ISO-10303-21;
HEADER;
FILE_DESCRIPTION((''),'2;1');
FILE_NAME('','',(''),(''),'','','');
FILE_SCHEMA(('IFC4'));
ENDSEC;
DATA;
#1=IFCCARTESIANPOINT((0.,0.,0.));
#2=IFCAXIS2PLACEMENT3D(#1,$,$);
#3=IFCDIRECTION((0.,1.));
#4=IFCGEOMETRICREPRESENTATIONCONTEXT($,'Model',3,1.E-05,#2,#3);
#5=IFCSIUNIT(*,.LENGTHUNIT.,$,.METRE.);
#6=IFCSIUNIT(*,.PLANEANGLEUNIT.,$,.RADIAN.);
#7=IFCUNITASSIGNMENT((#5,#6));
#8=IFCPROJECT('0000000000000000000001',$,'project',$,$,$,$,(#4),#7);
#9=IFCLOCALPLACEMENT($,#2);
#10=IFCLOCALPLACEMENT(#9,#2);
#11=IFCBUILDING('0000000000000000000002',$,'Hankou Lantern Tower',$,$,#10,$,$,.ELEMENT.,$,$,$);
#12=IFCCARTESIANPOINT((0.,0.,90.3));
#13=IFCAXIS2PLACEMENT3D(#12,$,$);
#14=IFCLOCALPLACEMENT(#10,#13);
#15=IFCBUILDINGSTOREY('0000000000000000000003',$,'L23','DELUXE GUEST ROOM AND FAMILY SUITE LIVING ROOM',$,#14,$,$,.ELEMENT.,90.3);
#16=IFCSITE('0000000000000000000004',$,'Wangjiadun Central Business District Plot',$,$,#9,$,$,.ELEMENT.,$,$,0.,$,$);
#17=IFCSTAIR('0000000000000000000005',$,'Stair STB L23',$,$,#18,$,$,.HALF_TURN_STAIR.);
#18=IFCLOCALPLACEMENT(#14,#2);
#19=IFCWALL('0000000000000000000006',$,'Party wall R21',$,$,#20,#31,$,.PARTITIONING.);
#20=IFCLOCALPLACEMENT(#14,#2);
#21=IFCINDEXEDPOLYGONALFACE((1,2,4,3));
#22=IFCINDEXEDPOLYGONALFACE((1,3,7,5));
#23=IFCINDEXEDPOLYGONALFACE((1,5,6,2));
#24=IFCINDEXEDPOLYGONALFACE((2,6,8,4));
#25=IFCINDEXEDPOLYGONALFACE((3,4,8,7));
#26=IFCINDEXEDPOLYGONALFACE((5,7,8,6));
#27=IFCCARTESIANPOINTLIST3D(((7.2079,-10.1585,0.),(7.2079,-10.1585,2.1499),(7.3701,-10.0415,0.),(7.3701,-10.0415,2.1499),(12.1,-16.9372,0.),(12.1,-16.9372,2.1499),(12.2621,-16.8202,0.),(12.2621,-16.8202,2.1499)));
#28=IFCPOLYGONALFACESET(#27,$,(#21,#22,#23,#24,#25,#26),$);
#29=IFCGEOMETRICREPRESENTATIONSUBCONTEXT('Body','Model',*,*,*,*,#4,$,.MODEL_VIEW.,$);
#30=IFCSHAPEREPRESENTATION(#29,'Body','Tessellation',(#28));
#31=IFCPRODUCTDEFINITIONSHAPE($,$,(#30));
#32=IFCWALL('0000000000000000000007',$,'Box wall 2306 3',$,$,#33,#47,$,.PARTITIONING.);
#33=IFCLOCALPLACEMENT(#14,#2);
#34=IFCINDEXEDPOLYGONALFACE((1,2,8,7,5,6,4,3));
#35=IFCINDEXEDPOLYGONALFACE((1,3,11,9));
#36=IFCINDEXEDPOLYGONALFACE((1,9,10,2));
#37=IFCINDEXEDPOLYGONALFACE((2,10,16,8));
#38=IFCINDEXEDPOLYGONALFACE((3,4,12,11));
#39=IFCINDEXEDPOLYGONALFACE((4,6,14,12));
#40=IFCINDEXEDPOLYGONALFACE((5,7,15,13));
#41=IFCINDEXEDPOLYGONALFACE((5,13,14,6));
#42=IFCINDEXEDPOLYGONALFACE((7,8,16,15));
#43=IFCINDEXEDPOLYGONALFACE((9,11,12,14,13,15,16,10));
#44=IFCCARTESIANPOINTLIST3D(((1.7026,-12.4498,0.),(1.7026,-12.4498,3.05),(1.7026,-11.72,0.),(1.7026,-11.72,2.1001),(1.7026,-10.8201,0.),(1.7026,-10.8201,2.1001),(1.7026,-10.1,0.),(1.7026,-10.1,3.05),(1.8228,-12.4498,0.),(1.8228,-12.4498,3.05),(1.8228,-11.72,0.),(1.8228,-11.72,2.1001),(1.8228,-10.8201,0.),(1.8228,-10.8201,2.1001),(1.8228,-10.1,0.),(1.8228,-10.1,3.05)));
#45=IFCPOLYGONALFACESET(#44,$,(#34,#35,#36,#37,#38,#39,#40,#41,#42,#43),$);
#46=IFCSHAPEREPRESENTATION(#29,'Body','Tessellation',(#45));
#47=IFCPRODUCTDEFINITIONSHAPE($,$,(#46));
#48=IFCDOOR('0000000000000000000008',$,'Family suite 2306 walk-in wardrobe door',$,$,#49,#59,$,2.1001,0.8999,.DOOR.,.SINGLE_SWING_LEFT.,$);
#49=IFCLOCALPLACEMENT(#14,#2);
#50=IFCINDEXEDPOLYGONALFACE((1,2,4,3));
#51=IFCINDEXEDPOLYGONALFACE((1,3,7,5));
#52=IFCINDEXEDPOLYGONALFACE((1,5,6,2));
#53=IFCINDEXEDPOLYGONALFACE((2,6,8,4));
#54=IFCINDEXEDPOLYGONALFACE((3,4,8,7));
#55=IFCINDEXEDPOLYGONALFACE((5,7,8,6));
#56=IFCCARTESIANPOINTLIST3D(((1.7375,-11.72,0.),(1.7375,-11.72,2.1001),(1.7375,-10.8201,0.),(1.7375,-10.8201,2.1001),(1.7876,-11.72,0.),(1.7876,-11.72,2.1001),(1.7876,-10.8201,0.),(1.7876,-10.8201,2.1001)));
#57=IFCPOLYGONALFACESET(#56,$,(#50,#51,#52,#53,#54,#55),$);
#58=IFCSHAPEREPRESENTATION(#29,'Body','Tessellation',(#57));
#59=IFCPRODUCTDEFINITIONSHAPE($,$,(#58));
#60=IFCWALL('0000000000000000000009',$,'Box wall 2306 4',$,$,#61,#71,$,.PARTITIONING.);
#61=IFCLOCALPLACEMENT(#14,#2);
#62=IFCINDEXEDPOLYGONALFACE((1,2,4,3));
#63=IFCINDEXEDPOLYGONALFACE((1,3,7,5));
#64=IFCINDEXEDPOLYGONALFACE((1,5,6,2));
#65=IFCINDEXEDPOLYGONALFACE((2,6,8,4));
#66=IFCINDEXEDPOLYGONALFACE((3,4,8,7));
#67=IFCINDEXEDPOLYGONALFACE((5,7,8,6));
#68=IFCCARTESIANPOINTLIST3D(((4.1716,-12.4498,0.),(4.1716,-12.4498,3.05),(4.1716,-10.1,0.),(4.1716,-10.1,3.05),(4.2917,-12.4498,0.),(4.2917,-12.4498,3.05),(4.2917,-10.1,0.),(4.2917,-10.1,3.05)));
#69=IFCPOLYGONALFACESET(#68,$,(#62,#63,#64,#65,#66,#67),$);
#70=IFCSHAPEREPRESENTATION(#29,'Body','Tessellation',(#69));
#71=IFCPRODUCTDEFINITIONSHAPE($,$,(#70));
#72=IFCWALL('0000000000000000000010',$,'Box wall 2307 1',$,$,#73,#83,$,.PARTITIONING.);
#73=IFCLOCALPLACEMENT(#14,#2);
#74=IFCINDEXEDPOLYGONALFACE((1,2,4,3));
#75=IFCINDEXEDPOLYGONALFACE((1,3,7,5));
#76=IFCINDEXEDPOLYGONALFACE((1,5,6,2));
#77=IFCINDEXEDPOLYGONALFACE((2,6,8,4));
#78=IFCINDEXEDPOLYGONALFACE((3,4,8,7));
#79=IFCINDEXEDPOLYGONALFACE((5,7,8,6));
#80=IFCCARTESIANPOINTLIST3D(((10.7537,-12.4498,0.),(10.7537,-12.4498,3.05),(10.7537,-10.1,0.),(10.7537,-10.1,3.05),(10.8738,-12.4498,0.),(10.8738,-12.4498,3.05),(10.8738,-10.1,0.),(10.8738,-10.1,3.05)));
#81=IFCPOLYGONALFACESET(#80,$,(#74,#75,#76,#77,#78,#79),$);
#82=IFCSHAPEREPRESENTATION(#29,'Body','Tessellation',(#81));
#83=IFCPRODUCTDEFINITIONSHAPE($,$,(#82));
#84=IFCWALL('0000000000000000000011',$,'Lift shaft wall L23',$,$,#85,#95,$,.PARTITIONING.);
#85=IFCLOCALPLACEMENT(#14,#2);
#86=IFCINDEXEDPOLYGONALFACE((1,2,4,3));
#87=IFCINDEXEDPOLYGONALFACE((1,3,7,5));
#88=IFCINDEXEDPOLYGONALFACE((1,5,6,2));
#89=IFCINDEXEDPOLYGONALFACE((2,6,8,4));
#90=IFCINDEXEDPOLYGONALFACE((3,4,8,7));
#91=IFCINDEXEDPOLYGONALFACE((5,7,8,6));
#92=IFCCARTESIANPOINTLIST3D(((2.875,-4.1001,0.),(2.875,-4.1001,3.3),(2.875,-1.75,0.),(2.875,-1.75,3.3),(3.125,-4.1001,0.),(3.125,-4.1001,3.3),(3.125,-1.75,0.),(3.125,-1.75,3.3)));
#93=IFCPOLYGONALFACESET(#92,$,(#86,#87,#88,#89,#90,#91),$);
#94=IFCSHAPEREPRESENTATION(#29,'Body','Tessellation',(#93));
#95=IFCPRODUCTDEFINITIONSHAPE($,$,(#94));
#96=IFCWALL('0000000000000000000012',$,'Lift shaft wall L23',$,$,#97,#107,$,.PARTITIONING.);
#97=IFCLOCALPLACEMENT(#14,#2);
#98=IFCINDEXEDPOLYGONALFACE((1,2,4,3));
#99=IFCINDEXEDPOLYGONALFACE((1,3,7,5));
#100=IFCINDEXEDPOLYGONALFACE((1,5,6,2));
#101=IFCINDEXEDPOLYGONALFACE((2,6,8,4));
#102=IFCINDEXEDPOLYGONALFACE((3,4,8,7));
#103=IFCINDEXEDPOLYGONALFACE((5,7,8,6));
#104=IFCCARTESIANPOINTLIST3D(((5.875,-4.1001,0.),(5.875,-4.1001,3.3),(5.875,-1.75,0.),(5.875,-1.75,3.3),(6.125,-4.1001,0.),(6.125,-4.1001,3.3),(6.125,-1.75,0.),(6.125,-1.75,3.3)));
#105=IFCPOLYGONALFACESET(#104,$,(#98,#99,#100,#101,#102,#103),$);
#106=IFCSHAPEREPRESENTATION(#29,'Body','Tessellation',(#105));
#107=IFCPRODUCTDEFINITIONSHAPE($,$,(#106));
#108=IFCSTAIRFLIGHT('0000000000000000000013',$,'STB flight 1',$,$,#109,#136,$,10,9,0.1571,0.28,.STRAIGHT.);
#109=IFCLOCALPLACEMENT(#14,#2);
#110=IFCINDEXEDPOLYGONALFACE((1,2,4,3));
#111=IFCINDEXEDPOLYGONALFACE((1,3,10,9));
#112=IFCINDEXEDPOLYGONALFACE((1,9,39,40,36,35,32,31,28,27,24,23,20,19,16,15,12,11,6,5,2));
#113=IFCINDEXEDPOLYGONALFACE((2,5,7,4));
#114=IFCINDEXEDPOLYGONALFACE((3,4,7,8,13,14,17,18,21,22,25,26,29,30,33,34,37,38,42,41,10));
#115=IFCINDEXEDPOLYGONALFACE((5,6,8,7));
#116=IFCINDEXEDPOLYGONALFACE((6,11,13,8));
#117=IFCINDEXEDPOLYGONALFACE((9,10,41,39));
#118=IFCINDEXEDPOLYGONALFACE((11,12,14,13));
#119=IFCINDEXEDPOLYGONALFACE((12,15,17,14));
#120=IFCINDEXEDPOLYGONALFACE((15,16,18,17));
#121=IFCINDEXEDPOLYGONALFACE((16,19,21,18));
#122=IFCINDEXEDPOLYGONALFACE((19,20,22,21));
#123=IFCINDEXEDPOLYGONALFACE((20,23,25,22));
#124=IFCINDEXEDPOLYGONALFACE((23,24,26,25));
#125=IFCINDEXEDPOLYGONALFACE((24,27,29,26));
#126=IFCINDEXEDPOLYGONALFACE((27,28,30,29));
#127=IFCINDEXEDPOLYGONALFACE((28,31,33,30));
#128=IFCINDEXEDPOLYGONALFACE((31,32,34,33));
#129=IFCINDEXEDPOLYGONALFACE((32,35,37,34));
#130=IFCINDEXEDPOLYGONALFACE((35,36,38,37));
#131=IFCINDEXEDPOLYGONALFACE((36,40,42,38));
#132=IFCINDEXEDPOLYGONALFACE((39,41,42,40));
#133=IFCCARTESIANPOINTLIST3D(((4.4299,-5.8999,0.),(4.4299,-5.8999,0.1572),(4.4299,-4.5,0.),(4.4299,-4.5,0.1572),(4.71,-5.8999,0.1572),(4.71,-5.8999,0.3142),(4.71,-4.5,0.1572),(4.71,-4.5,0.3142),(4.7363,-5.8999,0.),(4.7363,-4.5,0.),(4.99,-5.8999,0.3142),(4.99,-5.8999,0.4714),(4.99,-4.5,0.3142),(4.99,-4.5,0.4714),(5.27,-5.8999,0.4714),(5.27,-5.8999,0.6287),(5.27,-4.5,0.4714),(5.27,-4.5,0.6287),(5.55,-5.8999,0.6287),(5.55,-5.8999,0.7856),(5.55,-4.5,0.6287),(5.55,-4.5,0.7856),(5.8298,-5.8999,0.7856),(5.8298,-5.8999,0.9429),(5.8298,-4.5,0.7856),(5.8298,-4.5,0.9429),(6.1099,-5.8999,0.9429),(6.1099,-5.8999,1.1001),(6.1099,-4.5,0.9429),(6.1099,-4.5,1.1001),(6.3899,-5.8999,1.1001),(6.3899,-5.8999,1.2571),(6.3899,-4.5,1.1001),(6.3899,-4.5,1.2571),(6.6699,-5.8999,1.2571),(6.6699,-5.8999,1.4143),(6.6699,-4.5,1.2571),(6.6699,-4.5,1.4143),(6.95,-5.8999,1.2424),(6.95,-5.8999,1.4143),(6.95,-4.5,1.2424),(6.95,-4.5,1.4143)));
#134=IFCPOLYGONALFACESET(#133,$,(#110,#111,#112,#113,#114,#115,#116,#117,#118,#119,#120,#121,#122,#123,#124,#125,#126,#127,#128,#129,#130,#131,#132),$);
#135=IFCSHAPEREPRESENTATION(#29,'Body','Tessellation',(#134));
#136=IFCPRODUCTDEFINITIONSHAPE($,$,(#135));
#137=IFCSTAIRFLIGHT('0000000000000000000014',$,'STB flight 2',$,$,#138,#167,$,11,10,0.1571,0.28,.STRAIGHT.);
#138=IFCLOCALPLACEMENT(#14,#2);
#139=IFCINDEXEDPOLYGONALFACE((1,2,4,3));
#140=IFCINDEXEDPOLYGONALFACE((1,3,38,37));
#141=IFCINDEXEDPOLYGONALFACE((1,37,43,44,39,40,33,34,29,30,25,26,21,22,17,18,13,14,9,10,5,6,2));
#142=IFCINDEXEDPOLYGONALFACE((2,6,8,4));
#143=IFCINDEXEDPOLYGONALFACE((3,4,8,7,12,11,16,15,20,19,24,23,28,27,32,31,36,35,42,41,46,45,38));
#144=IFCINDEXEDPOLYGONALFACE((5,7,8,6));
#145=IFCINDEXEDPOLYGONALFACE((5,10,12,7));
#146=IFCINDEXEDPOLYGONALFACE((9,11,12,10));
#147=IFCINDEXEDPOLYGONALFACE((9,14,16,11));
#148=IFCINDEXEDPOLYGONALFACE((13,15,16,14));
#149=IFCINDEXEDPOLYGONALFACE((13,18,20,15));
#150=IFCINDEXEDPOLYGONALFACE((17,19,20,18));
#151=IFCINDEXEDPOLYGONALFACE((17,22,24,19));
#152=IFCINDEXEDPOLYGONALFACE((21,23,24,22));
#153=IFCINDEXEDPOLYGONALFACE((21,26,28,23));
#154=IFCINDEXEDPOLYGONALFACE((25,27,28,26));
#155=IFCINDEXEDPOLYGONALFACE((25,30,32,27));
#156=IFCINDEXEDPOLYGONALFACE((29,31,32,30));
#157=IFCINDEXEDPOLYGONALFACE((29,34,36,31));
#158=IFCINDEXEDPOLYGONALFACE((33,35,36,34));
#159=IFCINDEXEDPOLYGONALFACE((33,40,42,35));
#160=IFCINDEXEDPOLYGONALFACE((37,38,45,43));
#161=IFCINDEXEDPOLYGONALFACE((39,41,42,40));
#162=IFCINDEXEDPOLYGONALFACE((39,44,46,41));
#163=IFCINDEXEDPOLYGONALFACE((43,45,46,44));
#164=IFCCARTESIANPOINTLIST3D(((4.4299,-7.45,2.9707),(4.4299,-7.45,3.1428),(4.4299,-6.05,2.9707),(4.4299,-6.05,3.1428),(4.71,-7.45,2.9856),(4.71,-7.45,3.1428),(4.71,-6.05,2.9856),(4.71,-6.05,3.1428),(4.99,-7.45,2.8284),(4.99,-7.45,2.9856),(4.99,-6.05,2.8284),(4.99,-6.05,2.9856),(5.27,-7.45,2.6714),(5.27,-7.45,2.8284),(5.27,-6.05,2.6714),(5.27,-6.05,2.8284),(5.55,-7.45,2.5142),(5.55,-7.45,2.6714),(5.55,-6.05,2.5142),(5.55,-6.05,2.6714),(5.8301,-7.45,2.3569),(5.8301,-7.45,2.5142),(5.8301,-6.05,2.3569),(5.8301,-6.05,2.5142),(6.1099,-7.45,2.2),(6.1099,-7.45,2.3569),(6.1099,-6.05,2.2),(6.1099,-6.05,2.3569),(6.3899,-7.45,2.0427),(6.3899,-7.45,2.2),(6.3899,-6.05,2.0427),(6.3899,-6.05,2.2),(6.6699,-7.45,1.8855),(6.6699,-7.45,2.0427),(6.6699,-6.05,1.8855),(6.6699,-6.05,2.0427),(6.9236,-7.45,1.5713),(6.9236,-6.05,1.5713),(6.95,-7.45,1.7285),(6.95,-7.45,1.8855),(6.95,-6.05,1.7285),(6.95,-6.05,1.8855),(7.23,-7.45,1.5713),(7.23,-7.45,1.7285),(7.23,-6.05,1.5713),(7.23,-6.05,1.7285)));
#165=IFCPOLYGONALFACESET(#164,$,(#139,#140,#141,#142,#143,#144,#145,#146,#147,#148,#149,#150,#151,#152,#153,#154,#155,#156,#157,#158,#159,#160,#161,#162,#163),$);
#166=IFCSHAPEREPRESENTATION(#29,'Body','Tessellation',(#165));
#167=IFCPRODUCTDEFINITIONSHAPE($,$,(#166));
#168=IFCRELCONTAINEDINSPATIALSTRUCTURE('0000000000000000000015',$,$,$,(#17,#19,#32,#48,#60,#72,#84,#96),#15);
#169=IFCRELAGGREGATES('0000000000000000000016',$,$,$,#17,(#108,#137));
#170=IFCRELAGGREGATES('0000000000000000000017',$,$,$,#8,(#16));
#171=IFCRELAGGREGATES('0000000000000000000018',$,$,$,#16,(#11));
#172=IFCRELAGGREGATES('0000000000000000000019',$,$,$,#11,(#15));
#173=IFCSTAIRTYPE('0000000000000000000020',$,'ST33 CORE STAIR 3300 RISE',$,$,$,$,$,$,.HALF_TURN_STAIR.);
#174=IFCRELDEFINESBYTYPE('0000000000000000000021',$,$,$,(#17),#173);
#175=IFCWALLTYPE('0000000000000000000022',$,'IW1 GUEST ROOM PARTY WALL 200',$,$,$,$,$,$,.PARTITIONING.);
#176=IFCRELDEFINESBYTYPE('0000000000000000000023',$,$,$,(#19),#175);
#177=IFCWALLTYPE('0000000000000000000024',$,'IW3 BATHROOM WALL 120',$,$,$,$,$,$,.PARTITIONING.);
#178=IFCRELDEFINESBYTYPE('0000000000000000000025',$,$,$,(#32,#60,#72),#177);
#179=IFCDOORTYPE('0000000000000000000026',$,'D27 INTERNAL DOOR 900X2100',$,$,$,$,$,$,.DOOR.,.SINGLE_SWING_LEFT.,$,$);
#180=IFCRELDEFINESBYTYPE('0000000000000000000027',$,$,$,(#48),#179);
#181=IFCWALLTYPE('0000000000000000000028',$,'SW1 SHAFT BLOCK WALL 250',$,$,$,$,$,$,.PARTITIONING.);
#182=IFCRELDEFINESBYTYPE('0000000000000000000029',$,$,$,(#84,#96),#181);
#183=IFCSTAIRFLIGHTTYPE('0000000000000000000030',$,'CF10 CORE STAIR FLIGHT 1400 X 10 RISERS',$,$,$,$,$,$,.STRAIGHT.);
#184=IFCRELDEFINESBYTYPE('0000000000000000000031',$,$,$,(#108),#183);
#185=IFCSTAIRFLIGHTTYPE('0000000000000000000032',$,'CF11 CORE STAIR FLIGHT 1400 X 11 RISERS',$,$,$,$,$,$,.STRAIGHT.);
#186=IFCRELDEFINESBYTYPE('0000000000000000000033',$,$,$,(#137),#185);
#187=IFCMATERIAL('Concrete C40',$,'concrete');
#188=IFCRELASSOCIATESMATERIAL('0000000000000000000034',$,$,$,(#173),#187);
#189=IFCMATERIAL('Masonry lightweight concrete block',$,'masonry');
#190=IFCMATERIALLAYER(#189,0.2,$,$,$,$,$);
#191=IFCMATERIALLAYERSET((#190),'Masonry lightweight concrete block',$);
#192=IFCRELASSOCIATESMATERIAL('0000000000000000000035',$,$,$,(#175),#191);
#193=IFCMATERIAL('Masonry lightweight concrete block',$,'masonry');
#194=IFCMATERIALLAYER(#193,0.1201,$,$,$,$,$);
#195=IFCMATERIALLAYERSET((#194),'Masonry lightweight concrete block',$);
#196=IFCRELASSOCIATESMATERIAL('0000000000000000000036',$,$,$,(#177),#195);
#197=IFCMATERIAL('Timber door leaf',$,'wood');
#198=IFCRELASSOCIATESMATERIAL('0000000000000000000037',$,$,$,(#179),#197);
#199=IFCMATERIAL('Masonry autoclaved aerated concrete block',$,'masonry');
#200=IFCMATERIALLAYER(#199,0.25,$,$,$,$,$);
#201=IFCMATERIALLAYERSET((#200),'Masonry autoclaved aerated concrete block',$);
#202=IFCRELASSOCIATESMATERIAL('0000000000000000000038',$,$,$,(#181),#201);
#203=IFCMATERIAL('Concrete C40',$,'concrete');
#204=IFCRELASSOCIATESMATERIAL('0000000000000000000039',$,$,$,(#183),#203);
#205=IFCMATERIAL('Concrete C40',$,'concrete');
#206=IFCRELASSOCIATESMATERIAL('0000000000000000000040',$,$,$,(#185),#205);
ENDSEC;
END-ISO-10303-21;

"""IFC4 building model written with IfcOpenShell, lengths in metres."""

from ifc_helpers import new_model, si_unit, direction, frame, frame_2d, origin, place, context, subcontext, project, spatial, polyline, rectangle, outline, extrude, material, layer, layer_set, type_object, element, fill, aggregate, save


model = new_model("IFC4")

# Units and contexts
model_context = context("Model", 3, precision=1e-05, world=origin(), true_north=direction((0.0, 1.0)))
body_context = subcontext(model_context, "Body", "Model", "MODEL_VIEW")
ifc_project = project(units=[si_unit("LENGTHUNIT", "METRE"), si_unit("PLANEANGLEUNIT", "RADIAN")], contexts=[model_context])

# Site, building, storey
site_placement = place(None, origin())
site = spatial("IfcSite", under=ifc_project, at=site_placement, Name="Wangjiadun Central Business District Plot", CompositionType="ELEMENT", RefElevation=0.0)
building_placement = place(site_placement, origin())
building = spatial("IfcBuilding", under=site, at=building_placement, Name="Hankou Lantern Tower", CompositionType="ELEMENT")
storey_placement = place(building_placement, frame((0.0, 0.0, 90.3)))
storey = spatial("IfcBuildingStorey", under=building, at=storey_placement, Name="L23", Description="DELUXE GUEST ROOM AND FAMILY SUITE LIVING ROOM", CompositionType="ELEMENT", Elevation=90.3)

# Stair
ifc_material_1 = material(Name="Concrete C40", Category="concrete")
stair_type = type_object("IfcStairType", Name="ST33 CORE STAIR 3300 RISE", PredefinedType="HALF_TURN_STAIR", material=ifc_material_1)
stair_1_placement = place(storey_placement, origin())
stair_1 = element("IfcStair", 1, at=stair_1_placement, inside=storey, type_object=stair_type, Name="Stair STB L23", PredefinedType="HALF_TURN_STAIR")

# Wall
ifc_material_2 = material(Name="Masonry lightweight concrete block", Category="masonry")
ifc_layer_1 = layer(ifc_material_2, 0.2)
ifc_layer_set_1 = layer_set([ifc_layer_1], Name="Masonry lightweight concrete block")
wall_type_1 = type_object("IfcWallType", Name="IW1 GUEST ROOM PARTY WALL 200", PredefinedType="PARTITIONING", material=ifc_layer_set_1)
wall_1_placement = place(storey_placement, frame((7.2891, -10.1001, 0.0), z_axis=(0.0, 0.0, 1.0), x_axis=(0.585198, -0.81089, 0.0)))
element("IfcWall", 2, at=wall_1_placement, inside=storey, type_object=wall_type_1, Name="Party wall R21", PredefinedType="PARTITIONING", context=body_context, shape_type="SweptSolid", body=[
    extrude(rectangle(XDim=8.3596, YDim=0.2, at=frame_2d((4.1797, 0.0))), origin(), (0.0, 0.0, 1.0), 2.1499),
])

# Wall, opening, door
ifc_material_3 = material(Name="Masonry lightweight concrete block", Category="masonry")
ifc_layer_2 = layer(ifc_material_3, 0.1201)
ifc_layer_set_2 = layer_set([ifc_layer_2], Name="Masonry lightweight concrete block")
wall_type_2 = type_object("IfcWallType", Name="IW3 BATHROOM WALL 120", PredefinedType="PARTITIONING", material=ifc_layer_set_2)
wall_2_placement = place(storey_placement, frame((1.7627, -10.1001, 0.0), z_axis=(0.0, 0.0, 1.0), x_axis=(0.0, -1.0, 0.0)))
wall_2 = element("IfcWall", 3, at=wall_2_placement, inside=storey, type_object=wall_type_2, Name="Box wall 2306 3", PredefinedType="PARTITIONING", context=body_context, shape_type="SweptSolid", body=[
    extrude(rectangle(XDim=2.3499, YDim=0.1201, at=frame_2d((1.1748, 0.0))), origin(), (0.0, 0.0, 1.0), 3.05),
])
opening_1_placement = place(wall_2_placement, frame((0.72, 0.0, 0.0)))
opening_1 = element("IfcOpeningElement", 4, at=opening_1_placement, cuts=wall_2, PredefinedType="OPENING", context=body_context, shape_type="SweptSolid", body=[
    extrude(rectangle(XDim=0.8999, YDim=2.1001, at=frame_2d((0.45, 1.05))), frame((0.0, 0.0701, 0.0), z_axis=(0.0, -1.0, 0.0), x_axis=(1.0, 0.0, 0.0)), (0.0, 0.0, 1.0), 0.1401),
])
ifc_material_4 = material(Name="Timber door leaf", Category="wood")
door_type_1 = type_object("IfcDoorType", Name="D27 INTERNAL DOOR 900X2100", OperationType="SINGLE_SWING_LEFT", PredefinedType="DOOR", material=ifc_material_4)
door_1_placement = place(opening_1_placement, origin())
door_1 = element("IfcDoor", 5, at=door_1_placement, inside=storey, type_object=door_type_1, Name="Family suite 2306 walk-in wardrobe door", OperationType="SINGLE_SWING_LEFT", OverallHeight=2.1001, OverallWidth=0.8999, PredefinedType="DOOR", context=body_context, shape_type="SweptSolid", body=[
    extrude(rectangle(XDim=0.8999, YDim=2.1001, at=frame_2d((0.45, 1.05))), frame((0.0, 0.0249, 0.0), z_axis=(0.0, -1.0, 0.0), x_axis=(1.0, 0.0, 0.0)), (0.0, 0.0, 1.0), 0.05),
])
fill(opening_1, door_1)

# Walls
for number, where, z_axis, x_axis, name in (
    (6, (4.2317, -10.1001, 0.0), (0.0, 0.0, 1.0), (0.0, -1.0, 0.0), "Box wall 2306 4"),
    (7, (10.8137, -10.1001, 0.0), (0.0, 0.0, 1.0), (0.0, -1.0, 0.0), "Box wall 2307 1"),
):
    element("IfcWall", number, at=place(storey_placement, frame(where, z_axis=z_axis, x_axis=x_axis)), inside=storey, type_object=wall_type_2, Name=name, PredefinedType="PARTITIONING", context=body_context, shape_type="SweptSolid", body=[
        extrude(rectangle(XDim=2.3499, YDim=0.1201, at=frame_2d((1.1748, 0.0))), origin(), (0.0, 0.0, 1.0), 3.05),
    ])
ifc_material_5 = material(Name="Masonry autoclaved aerated concrete block", Category="masonry")
ifc_layer_3 = layer(ifc_material_5, 0.25)
ifc_layer_set_3 = layer_set([ifc_layer_3], Name="Masonry autoclaved aerated concrete block")
wall_type_3 = type_object("IfcWallType", Name="SW1 SHAFT BLOCK WALL 250", PredefinedType="PARTITIONING", material=ifc_layer_set_3)
for number, where, z_axis, x_axis, name in (
    (8, (3.0, -4.1001, 0.0), (0.0, 0.0, 1.0), (0.0, 1.0, 0.0), "Lift shaft wall L23"),
    (9, (6.0, -4.1001, 0.0), (0.0, 0.0, 1.0), (0.0, 1.0, 0.0), "Lift shaft wall L23"),
):
    element("IfcWall", number, at=place(storey_placement, frame(where, z_axis=z_axis, x_axis=x_axis)), inside=storey, type_object=wall_type_3, Name=name, PredefinedType="PARTITIONING", context=body_context, shape_type="SweptSolid", body=[
        extrude(rectangle(XDim=2.3501, YDim=0.25, at=frame_2d((1.175, 0.0))), origin(), (0.0, 0.0, 1.0), 3.3),
    ])

# Stair flights
ifc_material_6 = material(Name="Concrete C40", Category="concrete")
stair_flight_type_1 = type_object("IfcStairFlightType", Name="CF10 CORE STAIR FLIGHT 1400 X 10 RISERS", PredefinedType="STRAIGHT", material=ifc_material_6)
stair_flight_1_placement = place(storey_placement, frame((4.4299, -5.2, 0.0), z_axis=(0.0, 0.0, 1.0), x_axis=(1.0, 0.0, 0.0)))
stair_flight_1 = element("IfcStairFlight", 10, at=stair_flight_1_placement, type_object=stair_flight_type_1, Name="STB flight 1", NumberOfRisers=10, NumberOfTreads=9, PredefinedType="STRAIGHT", RiserHeight=0.1571, TreadLength=0.28, context=body_context, shape_type="SweptSolid", body=[
    extrude(outline(polyline([(0.0, 0.0), (0.0, 0.1572), (0.28, 0.1572), (0.28, 0.3142), (0.5601, 0.3142), (0.5601, 0.4714), (0.8401, 0.4714), (0.8401, 0.6287), (1.1201, 0.6287), (1.1201, 0.7856), (1.3999, 0.7856), (1.3999, 0.9429), (1.6799, 0.9429), (1.6799, 1.1001), (1.96, 1.1001), (1.96, 1.2571), (2.24, 1.2571), (2.24, 1.4143), (2.52, 1.4143), (2.52, 1.5715), (2.52, 1.2424), (0.3064, 0.0), (0.0, 0.0)])), frame((0.0, 0.7, 0.0), z_axis=(0.0, -1.0, 0.0), x_axis=(1.0, 0.0, 0.0)), (0.0, 0.0, 1.0), 1.3999),
])
ifc_material_7 = material(Name="Concrete C40", Category="concrete")
stair_flight_type_2 = type_object("IfcStairFlightType", Name="CF11 CORE STAIR FLIGHT 1400 X 11 RISERS", PredefinedType="STRAIGHT", material=ifc_material_7)
stair_flight_2_placement = place(storey_placement, frame((7.23, -6.75, 1.5713), z_axis=(0.0, 0.0, 1.0), x_axis=(-1.0, 0.0, 0.0)))
stair_flight_2 = element("IfcStairFlight", 11, at=stair_flight_2_placement, type_object=stair_flight_type_2, Name="STB flight 2", NumberOfRisers=11, NumberOfTreads=10, PredefinedType="STRAIGHT", RiserHeight=0.1571, TreadLength=0.28, context=body_context, shape_type="SweptSolid", body=[
    extrude(outline(polyline([(0.0, 0.0), (0.0, 0.1572), (0.28, 0.1572), (0.28, 0.3142), (0.5601, 0.3142), (0.5601, 0.4714), (0.8401, 0.4714), (0.8401, 0.6287), (1.1201, 0.6287), (1.1201, 0.7856), (1.3999, 0.7856), (1.3999, 0.9429), (1.6799, 0.9429), (1.6799, 1.1001), (1.96, 1.1001), (1.96, 1.2571), (2.24, 1.2571), (2.24, 1.4143), (2.52, 1.4143), (2.52, 1.5715), (2.8, 1.5715), (2.8, 1.7285), (2.8, 1.3994), (0.3064, 0.0), (0.0, 0.0)])), frame((0.0, 0.7, 0.0), z_axis=(0.0, -1.0, 0.0), x_axis=(1.0, 0.0, 0.0)), (0.0, 0.0, 1.0), 1.3999),
])
aggregate(stair_1, [stair_flight_1, stair_flight_2])

save(model, "model.ifc")
